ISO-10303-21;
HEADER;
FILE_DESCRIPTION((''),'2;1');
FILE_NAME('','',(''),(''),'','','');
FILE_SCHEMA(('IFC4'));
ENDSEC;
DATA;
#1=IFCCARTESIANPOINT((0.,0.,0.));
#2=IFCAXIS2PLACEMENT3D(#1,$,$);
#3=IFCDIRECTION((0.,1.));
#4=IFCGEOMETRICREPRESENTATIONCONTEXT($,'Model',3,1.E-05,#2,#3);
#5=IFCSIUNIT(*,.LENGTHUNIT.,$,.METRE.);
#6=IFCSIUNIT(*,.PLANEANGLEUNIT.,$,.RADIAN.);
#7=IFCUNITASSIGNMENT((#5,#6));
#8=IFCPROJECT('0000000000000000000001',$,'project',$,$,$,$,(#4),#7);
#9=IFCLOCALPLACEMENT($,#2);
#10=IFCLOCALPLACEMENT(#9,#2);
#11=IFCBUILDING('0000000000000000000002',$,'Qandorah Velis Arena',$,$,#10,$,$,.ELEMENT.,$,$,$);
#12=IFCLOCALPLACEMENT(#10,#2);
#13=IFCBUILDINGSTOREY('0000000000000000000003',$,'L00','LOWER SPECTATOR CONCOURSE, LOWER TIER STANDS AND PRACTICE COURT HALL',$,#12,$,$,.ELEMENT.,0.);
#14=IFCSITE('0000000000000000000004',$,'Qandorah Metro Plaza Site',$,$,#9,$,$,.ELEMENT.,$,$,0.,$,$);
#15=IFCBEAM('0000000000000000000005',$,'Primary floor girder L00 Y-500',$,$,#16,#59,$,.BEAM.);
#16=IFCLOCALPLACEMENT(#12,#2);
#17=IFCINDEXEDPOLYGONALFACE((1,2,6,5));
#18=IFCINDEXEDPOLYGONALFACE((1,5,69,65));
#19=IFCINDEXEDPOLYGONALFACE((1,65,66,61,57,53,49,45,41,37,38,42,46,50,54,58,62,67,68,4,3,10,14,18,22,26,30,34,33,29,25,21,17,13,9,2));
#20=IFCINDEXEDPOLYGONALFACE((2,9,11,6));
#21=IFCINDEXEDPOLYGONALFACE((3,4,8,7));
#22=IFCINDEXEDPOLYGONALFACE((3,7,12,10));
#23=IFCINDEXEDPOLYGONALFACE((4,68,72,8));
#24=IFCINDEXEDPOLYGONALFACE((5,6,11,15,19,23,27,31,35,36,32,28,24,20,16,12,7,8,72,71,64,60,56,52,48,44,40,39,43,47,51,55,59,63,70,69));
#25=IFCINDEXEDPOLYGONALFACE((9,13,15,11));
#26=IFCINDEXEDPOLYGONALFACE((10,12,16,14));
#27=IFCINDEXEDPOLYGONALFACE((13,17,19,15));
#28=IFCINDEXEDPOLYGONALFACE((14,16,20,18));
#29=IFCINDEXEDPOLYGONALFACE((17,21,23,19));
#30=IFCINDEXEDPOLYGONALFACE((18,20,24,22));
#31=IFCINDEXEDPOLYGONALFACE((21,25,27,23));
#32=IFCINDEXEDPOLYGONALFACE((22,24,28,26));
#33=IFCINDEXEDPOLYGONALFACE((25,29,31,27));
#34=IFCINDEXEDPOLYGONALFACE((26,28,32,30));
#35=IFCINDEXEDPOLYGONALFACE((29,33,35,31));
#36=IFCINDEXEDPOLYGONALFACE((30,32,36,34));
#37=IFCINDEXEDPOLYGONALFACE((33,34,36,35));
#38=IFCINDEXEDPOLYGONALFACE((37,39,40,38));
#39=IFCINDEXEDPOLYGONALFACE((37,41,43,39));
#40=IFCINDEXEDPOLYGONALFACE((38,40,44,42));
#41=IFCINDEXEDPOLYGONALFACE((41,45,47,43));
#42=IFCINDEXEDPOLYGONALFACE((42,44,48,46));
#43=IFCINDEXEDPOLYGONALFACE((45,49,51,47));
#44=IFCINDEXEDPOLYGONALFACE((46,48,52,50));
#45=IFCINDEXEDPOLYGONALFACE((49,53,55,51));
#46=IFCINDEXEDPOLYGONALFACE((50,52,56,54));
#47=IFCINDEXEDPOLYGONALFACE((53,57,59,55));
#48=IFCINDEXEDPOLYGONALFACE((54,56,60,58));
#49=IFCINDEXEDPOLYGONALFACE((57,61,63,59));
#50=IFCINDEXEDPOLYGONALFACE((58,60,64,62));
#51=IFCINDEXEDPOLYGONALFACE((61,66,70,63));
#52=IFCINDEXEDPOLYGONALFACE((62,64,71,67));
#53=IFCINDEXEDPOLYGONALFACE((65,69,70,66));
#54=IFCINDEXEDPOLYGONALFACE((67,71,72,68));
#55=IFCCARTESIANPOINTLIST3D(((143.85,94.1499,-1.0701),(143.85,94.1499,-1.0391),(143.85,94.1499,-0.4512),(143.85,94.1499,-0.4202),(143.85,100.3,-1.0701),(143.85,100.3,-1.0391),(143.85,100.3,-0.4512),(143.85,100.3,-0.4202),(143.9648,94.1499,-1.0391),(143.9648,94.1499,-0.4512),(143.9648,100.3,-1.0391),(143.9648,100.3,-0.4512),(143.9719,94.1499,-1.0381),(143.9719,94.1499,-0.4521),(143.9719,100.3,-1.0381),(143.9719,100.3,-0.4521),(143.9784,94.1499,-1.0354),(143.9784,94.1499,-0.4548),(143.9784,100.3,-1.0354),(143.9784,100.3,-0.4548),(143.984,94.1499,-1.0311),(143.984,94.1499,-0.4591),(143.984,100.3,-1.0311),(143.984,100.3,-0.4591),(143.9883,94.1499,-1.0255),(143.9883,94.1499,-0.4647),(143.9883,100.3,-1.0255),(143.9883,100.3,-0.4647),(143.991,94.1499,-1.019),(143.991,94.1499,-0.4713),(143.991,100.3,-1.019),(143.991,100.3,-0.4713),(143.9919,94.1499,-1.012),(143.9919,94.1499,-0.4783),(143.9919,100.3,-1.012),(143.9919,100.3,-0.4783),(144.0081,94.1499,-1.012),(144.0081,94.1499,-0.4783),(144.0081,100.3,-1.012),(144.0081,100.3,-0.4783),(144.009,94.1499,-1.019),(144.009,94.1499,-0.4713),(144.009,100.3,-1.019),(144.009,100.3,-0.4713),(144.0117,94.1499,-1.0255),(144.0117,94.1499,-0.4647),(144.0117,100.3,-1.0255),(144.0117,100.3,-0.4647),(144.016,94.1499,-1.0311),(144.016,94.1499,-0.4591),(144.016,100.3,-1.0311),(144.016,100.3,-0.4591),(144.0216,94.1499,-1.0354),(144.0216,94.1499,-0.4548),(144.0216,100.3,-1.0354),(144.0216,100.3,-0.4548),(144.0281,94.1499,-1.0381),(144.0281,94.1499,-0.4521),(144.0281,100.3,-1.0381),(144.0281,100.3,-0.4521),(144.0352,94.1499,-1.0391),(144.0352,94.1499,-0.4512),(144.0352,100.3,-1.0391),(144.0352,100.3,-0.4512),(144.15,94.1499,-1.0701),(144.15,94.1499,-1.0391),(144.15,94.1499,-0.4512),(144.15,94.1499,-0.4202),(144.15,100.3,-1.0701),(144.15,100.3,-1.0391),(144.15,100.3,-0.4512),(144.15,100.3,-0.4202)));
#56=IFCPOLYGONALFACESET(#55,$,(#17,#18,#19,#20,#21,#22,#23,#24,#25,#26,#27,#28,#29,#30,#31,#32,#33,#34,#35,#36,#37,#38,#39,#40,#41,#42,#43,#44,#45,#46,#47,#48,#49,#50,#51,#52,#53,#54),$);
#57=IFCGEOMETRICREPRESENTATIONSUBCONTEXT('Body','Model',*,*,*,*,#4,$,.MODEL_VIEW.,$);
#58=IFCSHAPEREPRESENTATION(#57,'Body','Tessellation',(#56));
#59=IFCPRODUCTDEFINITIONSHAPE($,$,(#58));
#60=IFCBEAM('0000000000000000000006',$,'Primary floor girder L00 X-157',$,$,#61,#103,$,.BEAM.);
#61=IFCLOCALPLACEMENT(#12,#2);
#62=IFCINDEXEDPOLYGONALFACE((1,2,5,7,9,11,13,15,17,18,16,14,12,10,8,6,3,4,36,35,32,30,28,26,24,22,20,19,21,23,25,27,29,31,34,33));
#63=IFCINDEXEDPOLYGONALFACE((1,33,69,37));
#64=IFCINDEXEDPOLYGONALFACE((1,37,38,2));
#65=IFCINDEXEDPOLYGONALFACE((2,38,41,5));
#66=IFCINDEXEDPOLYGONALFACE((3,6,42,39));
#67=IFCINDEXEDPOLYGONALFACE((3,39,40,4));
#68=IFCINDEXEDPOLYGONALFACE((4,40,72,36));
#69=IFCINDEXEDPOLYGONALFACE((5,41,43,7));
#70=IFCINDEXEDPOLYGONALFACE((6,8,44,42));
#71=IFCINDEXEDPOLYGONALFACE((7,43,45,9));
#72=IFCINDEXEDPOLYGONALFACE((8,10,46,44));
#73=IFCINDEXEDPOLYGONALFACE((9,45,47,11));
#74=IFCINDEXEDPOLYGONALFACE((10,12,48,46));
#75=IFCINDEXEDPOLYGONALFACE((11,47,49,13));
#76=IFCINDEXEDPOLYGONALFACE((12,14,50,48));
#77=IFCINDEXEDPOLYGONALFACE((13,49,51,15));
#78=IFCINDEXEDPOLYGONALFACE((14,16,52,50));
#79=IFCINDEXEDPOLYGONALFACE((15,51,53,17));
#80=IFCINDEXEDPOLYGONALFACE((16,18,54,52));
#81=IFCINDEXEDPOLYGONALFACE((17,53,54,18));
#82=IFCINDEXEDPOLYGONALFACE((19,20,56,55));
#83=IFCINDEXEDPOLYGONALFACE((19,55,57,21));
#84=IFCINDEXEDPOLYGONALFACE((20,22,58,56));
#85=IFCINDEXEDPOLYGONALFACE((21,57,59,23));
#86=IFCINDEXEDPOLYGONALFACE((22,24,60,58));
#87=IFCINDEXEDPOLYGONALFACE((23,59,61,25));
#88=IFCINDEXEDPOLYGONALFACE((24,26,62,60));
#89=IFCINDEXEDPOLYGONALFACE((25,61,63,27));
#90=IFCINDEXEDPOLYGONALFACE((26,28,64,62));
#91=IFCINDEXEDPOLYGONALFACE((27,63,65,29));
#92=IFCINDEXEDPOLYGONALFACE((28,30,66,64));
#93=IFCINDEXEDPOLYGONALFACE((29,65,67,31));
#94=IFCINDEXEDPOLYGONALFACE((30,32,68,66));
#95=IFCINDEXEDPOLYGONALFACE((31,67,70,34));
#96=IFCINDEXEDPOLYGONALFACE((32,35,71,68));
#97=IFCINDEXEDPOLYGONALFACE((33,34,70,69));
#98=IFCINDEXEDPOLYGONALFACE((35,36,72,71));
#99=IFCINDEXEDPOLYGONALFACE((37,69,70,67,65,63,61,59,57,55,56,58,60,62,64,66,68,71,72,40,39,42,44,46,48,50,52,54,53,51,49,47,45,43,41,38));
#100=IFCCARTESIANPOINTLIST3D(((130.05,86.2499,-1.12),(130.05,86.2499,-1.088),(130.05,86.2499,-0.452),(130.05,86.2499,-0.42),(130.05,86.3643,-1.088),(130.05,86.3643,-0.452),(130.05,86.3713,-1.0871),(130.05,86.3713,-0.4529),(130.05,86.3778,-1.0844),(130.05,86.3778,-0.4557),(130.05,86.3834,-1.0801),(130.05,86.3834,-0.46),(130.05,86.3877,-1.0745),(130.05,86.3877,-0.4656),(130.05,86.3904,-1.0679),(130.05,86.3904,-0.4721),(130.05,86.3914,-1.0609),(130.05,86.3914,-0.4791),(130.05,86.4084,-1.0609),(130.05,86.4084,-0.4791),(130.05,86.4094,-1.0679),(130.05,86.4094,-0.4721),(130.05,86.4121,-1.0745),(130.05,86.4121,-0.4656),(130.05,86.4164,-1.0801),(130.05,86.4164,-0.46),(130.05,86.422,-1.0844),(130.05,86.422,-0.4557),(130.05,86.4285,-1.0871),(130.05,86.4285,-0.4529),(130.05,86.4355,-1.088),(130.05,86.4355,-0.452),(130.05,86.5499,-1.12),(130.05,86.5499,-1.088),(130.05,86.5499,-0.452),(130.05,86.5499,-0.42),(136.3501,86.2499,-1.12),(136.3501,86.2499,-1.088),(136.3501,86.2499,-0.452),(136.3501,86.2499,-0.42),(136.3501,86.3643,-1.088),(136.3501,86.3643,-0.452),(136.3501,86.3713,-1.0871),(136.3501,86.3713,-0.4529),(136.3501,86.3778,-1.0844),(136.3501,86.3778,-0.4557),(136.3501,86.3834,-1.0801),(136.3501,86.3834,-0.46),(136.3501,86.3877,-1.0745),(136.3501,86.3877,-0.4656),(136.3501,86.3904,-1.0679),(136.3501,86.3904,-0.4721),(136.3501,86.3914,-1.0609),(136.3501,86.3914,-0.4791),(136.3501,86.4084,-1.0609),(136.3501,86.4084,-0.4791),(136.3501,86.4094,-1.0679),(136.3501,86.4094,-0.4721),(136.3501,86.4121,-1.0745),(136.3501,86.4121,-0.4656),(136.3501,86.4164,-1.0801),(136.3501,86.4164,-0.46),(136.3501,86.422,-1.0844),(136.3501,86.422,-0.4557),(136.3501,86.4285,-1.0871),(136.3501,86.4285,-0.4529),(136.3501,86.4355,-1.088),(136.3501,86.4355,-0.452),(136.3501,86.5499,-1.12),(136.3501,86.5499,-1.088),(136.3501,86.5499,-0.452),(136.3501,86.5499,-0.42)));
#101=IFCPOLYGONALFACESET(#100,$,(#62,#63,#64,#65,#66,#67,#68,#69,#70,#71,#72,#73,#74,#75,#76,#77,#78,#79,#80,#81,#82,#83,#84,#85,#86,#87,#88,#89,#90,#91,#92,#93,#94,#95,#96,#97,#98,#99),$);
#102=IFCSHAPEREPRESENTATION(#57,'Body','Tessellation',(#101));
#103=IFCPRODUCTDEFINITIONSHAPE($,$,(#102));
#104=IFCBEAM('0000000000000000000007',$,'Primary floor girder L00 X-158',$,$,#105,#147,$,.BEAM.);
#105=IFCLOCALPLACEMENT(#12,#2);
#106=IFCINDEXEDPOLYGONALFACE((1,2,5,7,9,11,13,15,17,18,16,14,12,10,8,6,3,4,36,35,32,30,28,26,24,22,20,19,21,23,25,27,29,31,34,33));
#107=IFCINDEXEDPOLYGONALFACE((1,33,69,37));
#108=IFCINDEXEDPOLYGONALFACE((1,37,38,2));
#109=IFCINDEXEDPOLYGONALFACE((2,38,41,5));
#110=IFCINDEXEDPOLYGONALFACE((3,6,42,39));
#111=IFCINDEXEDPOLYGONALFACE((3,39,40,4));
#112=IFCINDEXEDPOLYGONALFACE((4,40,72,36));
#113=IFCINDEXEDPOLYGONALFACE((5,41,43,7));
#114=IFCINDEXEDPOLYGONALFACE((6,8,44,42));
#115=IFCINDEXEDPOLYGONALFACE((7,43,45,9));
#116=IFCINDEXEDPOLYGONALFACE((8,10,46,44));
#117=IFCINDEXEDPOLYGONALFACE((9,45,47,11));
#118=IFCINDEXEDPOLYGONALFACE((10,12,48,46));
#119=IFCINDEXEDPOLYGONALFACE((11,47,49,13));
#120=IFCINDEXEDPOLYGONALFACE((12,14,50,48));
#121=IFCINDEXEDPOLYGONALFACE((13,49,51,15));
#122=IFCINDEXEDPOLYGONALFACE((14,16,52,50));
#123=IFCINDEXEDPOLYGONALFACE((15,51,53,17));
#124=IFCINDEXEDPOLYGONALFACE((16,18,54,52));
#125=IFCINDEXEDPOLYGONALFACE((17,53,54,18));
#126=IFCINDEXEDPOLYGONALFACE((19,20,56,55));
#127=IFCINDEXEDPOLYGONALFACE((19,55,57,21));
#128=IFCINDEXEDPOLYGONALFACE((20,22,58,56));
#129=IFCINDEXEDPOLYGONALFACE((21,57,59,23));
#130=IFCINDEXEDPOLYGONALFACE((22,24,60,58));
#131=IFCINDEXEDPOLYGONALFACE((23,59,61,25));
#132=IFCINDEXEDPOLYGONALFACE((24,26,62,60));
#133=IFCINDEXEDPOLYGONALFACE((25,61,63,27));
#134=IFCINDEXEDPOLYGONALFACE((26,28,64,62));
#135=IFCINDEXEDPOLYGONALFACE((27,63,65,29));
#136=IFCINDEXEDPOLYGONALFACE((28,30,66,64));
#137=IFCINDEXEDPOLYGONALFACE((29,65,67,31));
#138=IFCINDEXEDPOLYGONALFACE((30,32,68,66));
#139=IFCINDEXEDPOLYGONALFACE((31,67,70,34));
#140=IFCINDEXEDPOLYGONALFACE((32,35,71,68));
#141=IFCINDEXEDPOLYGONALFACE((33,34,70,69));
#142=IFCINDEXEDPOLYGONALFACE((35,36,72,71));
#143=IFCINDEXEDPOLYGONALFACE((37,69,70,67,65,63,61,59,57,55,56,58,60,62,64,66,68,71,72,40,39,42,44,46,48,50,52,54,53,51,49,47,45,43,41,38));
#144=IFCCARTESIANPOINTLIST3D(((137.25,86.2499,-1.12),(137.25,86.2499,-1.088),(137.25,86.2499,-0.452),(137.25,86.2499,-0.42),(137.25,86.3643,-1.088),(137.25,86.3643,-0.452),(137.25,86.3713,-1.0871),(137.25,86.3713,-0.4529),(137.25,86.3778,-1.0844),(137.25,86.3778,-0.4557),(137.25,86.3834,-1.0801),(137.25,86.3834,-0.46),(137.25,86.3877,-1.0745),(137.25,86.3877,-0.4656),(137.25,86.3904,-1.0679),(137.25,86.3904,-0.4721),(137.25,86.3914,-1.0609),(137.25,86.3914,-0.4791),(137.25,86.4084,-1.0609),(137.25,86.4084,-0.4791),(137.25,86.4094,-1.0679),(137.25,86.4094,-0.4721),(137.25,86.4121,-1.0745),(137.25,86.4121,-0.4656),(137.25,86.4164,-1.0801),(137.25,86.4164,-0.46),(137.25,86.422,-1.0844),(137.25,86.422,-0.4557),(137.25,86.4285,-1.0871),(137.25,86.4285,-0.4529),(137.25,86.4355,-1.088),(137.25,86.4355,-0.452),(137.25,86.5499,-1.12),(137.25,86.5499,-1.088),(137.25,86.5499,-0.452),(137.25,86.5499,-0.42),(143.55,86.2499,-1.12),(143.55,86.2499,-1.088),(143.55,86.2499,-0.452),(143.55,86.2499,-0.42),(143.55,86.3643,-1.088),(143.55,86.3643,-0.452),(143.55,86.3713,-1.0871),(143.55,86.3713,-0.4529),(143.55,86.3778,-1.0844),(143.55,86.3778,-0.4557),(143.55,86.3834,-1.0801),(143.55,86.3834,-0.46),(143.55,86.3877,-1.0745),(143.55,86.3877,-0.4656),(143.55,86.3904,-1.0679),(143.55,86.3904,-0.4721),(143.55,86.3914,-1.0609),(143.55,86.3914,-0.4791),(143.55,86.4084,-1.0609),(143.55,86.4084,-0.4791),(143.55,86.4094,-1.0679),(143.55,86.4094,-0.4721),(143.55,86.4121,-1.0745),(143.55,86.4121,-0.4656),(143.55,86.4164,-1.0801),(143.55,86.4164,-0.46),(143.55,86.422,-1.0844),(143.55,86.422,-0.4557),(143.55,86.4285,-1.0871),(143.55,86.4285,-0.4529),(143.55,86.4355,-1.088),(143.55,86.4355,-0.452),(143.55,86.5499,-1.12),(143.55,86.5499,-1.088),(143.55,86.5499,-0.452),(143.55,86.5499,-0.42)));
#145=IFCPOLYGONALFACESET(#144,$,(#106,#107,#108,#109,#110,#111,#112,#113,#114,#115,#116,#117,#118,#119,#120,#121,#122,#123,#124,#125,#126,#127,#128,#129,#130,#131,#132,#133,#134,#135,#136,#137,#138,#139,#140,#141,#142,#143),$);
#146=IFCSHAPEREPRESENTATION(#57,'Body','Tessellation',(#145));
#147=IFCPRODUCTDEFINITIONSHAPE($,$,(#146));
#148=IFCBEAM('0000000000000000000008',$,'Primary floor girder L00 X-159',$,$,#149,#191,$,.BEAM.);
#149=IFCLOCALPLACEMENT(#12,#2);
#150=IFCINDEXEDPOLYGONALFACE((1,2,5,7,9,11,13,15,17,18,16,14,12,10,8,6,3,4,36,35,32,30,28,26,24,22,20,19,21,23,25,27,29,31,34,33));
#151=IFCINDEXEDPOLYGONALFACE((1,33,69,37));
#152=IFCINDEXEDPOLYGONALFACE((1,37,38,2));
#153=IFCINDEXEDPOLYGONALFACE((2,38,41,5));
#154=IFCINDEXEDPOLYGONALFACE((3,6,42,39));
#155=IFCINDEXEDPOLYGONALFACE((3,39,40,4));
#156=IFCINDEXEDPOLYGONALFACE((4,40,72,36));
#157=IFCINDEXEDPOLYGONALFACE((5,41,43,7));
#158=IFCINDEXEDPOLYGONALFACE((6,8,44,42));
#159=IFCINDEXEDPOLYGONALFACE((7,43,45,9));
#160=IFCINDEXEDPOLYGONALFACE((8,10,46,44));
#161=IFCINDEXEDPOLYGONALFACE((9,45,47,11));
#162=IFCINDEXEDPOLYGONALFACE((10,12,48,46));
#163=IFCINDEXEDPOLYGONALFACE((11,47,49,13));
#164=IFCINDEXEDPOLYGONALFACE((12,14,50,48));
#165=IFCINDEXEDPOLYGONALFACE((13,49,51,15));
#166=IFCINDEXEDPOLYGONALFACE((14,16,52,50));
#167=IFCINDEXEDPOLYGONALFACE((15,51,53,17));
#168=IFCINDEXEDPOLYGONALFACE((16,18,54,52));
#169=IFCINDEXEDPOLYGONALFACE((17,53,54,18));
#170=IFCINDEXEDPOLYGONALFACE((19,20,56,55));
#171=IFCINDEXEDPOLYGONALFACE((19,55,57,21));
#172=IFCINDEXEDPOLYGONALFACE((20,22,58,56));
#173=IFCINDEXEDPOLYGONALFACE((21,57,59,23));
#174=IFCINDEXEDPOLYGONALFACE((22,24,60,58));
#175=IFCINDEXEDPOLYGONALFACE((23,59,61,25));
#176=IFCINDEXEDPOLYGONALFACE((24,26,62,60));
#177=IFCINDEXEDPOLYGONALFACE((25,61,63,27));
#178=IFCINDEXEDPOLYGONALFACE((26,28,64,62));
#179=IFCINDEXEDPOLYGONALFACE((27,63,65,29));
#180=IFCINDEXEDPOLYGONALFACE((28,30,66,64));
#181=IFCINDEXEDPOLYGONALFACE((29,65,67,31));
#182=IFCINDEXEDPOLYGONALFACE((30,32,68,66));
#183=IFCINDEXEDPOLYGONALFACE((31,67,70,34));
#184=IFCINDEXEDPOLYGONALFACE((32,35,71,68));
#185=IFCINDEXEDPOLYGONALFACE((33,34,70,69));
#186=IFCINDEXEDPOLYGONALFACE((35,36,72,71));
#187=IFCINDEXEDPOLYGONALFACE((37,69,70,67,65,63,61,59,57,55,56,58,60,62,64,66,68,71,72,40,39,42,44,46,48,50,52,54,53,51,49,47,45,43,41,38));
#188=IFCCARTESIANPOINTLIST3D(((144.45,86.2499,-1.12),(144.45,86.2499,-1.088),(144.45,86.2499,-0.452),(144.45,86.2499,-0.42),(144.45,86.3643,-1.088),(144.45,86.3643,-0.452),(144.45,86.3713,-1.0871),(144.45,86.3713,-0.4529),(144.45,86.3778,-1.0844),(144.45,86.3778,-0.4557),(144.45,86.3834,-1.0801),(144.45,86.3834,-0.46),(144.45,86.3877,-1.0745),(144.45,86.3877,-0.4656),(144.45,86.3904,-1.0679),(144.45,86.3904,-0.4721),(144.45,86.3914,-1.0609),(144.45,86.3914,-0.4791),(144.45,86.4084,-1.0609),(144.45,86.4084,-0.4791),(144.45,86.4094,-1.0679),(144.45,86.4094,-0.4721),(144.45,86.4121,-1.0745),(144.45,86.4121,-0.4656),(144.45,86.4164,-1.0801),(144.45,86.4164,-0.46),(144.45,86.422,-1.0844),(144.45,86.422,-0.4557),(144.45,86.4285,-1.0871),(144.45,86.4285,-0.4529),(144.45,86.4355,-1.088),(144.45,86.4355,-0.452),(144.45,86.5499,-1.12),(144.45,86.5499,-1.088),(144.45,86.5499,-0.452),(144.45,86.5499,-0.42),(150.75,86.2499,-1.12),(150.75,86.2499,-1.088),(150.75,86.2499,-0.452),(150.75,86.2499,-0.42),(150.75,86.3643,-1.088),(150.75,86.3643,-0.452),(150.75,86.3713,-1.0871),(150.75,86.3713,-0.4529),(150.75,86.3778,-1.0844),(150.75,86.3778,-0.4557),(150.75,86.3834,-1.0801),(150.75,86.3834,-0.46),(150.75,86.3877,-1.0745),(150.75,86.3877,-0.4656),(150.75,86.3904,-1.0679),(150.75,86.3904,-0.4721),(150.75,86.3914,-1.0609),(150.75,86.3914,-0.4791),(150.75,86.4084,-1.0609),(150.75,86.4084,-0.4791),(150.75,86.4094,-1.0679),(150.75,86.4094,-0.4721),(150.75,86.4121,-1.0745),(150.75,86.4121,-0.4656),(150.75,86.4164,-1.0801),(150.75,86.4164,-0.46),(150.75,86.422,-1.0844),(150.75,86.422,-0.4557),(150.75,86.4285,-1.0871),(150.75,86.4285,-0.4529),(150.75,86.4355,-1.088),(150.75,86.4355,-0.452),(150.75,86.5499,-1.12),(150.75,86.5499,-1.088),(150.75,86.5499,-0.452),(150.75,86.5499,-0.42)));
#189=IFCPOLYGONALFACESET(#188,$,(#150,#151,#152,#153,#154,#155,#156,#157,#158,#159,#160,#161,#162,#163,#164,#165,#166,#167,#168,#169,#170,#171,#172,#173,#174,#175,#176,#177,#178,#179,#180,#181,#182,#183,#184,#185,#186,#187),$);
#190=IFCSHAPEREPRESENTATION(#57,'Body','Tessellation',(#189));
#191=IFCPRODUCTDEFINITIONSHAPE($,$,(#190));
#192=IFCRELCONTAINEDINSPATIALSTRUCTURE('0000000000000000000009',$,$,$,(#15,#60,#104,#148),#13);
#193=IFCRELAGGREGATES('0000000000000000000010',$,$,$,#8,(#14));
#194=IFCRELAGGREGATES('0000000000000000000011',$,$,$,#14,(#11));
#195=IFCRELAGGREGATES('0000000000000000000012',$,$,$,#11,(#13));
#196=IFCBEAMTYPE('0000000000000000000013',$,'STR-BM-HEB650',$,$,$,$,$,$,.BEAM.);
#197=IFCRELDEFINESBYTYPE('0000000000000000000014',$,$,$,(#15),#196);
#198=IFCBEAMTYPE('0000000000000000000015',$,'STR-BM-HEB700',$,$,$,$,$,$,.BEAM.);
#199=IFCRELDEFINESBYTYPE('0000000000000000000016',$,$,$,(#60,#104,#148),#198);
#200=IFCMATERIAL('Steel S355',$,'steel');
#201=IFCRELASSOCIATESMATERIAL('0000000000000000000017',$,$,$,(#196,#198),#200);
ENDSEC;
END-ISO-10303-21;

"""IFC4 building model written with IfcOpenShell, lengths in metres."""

from ifc_helpers import new_model, si_unit, direction, frame, origin, origin_2d, place, context, subcontext, project, spatial, i_section, extrude, material, material_profile, profile_set, type_object, element, save


model = new_model("IFC4")

# Units and contexts
model_context = context("Model", 3, precision=1e-05, world=origin(), true_north=direction((0.0, 1.0)))
body_context = subcontext(model_context, "Body", "Model", "MODEL_VIEW")
ifc_project = project(units=[si_unit("LENGTHUNIT", "METRE"), si_unit("PLANEANGLEUNIT", "RADIAN")], contexts=[model_context])

# Site, building, storey
site_placement = place(None, origin())
site = spatial("IfcSite", under=ifc_project, at=site_placement, Name="Qandorah Metro Plaza Site", CompositionType="ELEMENT", RefElevation=0.0)
building_placement = place(site_placement, origin())
building = spatial("IfcBuilding", under=site, at=building_placement, Name="Qandorah Velis Arena", CompositionType="ELEMENT")
storey_placement = place(building_placement, origin())
storey = spatial("IfcBuildingStorey", under=building, at=storey_placement, Name="L00", Description="LOWER SPECTATOR CONCOURSE, LOWER TIER STANDS AND PRACTICE COURT HALL", CompositionType="ELEMENT", Elevation=0.0)

# Beams
ifc_material_1 = material(Name="Steel S355", Category="steel")
ifc_material_profile_1 = material_profile(ifc_material_1, i_section(OverallWidth=0.3, OverallDepth=0.6499, WebThickness=0.0161, FlangeThickness=0.031, FilletRadius=0.0271, at=origin_2d()), Name="HEB 650")
ifc_profile_set_1 = profile_set([ifc_material_profile_1], Name="Steel S355")
beam_type_1 = type_object("IfcBeamType", Name="STR-BM-HEB650", PredefinedType="BEAM", material=ifc_profile_set_1)
beam_1_placement = place(storey_placement, frame((144.0, 94.1499, -0.7451), z_axis=(0.0, 1.0, 0.0), x_axis=(-1.0, 0.0, 0.0)))
element("IfcBeam", 1, at=beam_1_placement, inside=storey, type_object=beam_type_1, Name="Primary floor girder L00 Y-500", PredefinedType="BEAM", context=body_context, shape_type="SweptSolid", body=[
    extrude(i_section(OverallWidth=0.3, OverallDepth=0.6499, WebThickness=0.0161, FlangeThickness=0.031, FilletRadius=0.0271, at=origin_2d()), origin(), (0.0, 0.0, 1.0), 6.1501),
])
ifc_material_profile_2 = material_profile(ifc_material_1, i_section(OverallWidth=0.3, OverallDepth=0.7, WebThickness=0.0171, FlangeThickness=0.032, FilletRadius=0.0271, at=origin_2d()), Name="HEB 700")
ifc_profile_set_2 = profile_set([ifc_material_profile_2], Name="Steel S355")
beam_type_2 = type_object("IfcBeamType", Name="STR-BM-HEB700", PredefinedType="BEAM", material=ifc_profile_set_2)
for number, where, z_axis, x_axis, name in (
    (2, (130.05, 86.3999, -0.77), (1.0, 0.0, 0.0), (0.0, 1.0, 0.0), "Primary floor girder L00 X-157"),
    (3, (137.25, 86.3999, -0.77), (1.0, 0.0, 0.0), (0.0, 1.0, 0.0), "Primary floor girder L00 X-158"),
    (4, (144.45, 86.3999, -0.77), (1.0, 0.0, 0.0), (0.0, 1.0, 0.0), "Primary floor girder L00 X-159"),
):
    element("IfcBeam", number, at=place(storey_placement, frame(where, z_axis=z_axis, x_axis=x_axis)), inside=storey, type_object=beam_type_2, Name=name, PredefinedType="BEAM", context=body_context, shape_type="SweptSolid", body=[
        extrude(i_section(OverallWidth=0.3, OverallDepth=0.7, WebThickness=0.0171, FlangeThickness=0.032, FilletRadius=0.0271, at=origin_2d()), origin(), (0.0, 0.0, 1.0), 6.3),
    ])

save(model, "model.ifc")
